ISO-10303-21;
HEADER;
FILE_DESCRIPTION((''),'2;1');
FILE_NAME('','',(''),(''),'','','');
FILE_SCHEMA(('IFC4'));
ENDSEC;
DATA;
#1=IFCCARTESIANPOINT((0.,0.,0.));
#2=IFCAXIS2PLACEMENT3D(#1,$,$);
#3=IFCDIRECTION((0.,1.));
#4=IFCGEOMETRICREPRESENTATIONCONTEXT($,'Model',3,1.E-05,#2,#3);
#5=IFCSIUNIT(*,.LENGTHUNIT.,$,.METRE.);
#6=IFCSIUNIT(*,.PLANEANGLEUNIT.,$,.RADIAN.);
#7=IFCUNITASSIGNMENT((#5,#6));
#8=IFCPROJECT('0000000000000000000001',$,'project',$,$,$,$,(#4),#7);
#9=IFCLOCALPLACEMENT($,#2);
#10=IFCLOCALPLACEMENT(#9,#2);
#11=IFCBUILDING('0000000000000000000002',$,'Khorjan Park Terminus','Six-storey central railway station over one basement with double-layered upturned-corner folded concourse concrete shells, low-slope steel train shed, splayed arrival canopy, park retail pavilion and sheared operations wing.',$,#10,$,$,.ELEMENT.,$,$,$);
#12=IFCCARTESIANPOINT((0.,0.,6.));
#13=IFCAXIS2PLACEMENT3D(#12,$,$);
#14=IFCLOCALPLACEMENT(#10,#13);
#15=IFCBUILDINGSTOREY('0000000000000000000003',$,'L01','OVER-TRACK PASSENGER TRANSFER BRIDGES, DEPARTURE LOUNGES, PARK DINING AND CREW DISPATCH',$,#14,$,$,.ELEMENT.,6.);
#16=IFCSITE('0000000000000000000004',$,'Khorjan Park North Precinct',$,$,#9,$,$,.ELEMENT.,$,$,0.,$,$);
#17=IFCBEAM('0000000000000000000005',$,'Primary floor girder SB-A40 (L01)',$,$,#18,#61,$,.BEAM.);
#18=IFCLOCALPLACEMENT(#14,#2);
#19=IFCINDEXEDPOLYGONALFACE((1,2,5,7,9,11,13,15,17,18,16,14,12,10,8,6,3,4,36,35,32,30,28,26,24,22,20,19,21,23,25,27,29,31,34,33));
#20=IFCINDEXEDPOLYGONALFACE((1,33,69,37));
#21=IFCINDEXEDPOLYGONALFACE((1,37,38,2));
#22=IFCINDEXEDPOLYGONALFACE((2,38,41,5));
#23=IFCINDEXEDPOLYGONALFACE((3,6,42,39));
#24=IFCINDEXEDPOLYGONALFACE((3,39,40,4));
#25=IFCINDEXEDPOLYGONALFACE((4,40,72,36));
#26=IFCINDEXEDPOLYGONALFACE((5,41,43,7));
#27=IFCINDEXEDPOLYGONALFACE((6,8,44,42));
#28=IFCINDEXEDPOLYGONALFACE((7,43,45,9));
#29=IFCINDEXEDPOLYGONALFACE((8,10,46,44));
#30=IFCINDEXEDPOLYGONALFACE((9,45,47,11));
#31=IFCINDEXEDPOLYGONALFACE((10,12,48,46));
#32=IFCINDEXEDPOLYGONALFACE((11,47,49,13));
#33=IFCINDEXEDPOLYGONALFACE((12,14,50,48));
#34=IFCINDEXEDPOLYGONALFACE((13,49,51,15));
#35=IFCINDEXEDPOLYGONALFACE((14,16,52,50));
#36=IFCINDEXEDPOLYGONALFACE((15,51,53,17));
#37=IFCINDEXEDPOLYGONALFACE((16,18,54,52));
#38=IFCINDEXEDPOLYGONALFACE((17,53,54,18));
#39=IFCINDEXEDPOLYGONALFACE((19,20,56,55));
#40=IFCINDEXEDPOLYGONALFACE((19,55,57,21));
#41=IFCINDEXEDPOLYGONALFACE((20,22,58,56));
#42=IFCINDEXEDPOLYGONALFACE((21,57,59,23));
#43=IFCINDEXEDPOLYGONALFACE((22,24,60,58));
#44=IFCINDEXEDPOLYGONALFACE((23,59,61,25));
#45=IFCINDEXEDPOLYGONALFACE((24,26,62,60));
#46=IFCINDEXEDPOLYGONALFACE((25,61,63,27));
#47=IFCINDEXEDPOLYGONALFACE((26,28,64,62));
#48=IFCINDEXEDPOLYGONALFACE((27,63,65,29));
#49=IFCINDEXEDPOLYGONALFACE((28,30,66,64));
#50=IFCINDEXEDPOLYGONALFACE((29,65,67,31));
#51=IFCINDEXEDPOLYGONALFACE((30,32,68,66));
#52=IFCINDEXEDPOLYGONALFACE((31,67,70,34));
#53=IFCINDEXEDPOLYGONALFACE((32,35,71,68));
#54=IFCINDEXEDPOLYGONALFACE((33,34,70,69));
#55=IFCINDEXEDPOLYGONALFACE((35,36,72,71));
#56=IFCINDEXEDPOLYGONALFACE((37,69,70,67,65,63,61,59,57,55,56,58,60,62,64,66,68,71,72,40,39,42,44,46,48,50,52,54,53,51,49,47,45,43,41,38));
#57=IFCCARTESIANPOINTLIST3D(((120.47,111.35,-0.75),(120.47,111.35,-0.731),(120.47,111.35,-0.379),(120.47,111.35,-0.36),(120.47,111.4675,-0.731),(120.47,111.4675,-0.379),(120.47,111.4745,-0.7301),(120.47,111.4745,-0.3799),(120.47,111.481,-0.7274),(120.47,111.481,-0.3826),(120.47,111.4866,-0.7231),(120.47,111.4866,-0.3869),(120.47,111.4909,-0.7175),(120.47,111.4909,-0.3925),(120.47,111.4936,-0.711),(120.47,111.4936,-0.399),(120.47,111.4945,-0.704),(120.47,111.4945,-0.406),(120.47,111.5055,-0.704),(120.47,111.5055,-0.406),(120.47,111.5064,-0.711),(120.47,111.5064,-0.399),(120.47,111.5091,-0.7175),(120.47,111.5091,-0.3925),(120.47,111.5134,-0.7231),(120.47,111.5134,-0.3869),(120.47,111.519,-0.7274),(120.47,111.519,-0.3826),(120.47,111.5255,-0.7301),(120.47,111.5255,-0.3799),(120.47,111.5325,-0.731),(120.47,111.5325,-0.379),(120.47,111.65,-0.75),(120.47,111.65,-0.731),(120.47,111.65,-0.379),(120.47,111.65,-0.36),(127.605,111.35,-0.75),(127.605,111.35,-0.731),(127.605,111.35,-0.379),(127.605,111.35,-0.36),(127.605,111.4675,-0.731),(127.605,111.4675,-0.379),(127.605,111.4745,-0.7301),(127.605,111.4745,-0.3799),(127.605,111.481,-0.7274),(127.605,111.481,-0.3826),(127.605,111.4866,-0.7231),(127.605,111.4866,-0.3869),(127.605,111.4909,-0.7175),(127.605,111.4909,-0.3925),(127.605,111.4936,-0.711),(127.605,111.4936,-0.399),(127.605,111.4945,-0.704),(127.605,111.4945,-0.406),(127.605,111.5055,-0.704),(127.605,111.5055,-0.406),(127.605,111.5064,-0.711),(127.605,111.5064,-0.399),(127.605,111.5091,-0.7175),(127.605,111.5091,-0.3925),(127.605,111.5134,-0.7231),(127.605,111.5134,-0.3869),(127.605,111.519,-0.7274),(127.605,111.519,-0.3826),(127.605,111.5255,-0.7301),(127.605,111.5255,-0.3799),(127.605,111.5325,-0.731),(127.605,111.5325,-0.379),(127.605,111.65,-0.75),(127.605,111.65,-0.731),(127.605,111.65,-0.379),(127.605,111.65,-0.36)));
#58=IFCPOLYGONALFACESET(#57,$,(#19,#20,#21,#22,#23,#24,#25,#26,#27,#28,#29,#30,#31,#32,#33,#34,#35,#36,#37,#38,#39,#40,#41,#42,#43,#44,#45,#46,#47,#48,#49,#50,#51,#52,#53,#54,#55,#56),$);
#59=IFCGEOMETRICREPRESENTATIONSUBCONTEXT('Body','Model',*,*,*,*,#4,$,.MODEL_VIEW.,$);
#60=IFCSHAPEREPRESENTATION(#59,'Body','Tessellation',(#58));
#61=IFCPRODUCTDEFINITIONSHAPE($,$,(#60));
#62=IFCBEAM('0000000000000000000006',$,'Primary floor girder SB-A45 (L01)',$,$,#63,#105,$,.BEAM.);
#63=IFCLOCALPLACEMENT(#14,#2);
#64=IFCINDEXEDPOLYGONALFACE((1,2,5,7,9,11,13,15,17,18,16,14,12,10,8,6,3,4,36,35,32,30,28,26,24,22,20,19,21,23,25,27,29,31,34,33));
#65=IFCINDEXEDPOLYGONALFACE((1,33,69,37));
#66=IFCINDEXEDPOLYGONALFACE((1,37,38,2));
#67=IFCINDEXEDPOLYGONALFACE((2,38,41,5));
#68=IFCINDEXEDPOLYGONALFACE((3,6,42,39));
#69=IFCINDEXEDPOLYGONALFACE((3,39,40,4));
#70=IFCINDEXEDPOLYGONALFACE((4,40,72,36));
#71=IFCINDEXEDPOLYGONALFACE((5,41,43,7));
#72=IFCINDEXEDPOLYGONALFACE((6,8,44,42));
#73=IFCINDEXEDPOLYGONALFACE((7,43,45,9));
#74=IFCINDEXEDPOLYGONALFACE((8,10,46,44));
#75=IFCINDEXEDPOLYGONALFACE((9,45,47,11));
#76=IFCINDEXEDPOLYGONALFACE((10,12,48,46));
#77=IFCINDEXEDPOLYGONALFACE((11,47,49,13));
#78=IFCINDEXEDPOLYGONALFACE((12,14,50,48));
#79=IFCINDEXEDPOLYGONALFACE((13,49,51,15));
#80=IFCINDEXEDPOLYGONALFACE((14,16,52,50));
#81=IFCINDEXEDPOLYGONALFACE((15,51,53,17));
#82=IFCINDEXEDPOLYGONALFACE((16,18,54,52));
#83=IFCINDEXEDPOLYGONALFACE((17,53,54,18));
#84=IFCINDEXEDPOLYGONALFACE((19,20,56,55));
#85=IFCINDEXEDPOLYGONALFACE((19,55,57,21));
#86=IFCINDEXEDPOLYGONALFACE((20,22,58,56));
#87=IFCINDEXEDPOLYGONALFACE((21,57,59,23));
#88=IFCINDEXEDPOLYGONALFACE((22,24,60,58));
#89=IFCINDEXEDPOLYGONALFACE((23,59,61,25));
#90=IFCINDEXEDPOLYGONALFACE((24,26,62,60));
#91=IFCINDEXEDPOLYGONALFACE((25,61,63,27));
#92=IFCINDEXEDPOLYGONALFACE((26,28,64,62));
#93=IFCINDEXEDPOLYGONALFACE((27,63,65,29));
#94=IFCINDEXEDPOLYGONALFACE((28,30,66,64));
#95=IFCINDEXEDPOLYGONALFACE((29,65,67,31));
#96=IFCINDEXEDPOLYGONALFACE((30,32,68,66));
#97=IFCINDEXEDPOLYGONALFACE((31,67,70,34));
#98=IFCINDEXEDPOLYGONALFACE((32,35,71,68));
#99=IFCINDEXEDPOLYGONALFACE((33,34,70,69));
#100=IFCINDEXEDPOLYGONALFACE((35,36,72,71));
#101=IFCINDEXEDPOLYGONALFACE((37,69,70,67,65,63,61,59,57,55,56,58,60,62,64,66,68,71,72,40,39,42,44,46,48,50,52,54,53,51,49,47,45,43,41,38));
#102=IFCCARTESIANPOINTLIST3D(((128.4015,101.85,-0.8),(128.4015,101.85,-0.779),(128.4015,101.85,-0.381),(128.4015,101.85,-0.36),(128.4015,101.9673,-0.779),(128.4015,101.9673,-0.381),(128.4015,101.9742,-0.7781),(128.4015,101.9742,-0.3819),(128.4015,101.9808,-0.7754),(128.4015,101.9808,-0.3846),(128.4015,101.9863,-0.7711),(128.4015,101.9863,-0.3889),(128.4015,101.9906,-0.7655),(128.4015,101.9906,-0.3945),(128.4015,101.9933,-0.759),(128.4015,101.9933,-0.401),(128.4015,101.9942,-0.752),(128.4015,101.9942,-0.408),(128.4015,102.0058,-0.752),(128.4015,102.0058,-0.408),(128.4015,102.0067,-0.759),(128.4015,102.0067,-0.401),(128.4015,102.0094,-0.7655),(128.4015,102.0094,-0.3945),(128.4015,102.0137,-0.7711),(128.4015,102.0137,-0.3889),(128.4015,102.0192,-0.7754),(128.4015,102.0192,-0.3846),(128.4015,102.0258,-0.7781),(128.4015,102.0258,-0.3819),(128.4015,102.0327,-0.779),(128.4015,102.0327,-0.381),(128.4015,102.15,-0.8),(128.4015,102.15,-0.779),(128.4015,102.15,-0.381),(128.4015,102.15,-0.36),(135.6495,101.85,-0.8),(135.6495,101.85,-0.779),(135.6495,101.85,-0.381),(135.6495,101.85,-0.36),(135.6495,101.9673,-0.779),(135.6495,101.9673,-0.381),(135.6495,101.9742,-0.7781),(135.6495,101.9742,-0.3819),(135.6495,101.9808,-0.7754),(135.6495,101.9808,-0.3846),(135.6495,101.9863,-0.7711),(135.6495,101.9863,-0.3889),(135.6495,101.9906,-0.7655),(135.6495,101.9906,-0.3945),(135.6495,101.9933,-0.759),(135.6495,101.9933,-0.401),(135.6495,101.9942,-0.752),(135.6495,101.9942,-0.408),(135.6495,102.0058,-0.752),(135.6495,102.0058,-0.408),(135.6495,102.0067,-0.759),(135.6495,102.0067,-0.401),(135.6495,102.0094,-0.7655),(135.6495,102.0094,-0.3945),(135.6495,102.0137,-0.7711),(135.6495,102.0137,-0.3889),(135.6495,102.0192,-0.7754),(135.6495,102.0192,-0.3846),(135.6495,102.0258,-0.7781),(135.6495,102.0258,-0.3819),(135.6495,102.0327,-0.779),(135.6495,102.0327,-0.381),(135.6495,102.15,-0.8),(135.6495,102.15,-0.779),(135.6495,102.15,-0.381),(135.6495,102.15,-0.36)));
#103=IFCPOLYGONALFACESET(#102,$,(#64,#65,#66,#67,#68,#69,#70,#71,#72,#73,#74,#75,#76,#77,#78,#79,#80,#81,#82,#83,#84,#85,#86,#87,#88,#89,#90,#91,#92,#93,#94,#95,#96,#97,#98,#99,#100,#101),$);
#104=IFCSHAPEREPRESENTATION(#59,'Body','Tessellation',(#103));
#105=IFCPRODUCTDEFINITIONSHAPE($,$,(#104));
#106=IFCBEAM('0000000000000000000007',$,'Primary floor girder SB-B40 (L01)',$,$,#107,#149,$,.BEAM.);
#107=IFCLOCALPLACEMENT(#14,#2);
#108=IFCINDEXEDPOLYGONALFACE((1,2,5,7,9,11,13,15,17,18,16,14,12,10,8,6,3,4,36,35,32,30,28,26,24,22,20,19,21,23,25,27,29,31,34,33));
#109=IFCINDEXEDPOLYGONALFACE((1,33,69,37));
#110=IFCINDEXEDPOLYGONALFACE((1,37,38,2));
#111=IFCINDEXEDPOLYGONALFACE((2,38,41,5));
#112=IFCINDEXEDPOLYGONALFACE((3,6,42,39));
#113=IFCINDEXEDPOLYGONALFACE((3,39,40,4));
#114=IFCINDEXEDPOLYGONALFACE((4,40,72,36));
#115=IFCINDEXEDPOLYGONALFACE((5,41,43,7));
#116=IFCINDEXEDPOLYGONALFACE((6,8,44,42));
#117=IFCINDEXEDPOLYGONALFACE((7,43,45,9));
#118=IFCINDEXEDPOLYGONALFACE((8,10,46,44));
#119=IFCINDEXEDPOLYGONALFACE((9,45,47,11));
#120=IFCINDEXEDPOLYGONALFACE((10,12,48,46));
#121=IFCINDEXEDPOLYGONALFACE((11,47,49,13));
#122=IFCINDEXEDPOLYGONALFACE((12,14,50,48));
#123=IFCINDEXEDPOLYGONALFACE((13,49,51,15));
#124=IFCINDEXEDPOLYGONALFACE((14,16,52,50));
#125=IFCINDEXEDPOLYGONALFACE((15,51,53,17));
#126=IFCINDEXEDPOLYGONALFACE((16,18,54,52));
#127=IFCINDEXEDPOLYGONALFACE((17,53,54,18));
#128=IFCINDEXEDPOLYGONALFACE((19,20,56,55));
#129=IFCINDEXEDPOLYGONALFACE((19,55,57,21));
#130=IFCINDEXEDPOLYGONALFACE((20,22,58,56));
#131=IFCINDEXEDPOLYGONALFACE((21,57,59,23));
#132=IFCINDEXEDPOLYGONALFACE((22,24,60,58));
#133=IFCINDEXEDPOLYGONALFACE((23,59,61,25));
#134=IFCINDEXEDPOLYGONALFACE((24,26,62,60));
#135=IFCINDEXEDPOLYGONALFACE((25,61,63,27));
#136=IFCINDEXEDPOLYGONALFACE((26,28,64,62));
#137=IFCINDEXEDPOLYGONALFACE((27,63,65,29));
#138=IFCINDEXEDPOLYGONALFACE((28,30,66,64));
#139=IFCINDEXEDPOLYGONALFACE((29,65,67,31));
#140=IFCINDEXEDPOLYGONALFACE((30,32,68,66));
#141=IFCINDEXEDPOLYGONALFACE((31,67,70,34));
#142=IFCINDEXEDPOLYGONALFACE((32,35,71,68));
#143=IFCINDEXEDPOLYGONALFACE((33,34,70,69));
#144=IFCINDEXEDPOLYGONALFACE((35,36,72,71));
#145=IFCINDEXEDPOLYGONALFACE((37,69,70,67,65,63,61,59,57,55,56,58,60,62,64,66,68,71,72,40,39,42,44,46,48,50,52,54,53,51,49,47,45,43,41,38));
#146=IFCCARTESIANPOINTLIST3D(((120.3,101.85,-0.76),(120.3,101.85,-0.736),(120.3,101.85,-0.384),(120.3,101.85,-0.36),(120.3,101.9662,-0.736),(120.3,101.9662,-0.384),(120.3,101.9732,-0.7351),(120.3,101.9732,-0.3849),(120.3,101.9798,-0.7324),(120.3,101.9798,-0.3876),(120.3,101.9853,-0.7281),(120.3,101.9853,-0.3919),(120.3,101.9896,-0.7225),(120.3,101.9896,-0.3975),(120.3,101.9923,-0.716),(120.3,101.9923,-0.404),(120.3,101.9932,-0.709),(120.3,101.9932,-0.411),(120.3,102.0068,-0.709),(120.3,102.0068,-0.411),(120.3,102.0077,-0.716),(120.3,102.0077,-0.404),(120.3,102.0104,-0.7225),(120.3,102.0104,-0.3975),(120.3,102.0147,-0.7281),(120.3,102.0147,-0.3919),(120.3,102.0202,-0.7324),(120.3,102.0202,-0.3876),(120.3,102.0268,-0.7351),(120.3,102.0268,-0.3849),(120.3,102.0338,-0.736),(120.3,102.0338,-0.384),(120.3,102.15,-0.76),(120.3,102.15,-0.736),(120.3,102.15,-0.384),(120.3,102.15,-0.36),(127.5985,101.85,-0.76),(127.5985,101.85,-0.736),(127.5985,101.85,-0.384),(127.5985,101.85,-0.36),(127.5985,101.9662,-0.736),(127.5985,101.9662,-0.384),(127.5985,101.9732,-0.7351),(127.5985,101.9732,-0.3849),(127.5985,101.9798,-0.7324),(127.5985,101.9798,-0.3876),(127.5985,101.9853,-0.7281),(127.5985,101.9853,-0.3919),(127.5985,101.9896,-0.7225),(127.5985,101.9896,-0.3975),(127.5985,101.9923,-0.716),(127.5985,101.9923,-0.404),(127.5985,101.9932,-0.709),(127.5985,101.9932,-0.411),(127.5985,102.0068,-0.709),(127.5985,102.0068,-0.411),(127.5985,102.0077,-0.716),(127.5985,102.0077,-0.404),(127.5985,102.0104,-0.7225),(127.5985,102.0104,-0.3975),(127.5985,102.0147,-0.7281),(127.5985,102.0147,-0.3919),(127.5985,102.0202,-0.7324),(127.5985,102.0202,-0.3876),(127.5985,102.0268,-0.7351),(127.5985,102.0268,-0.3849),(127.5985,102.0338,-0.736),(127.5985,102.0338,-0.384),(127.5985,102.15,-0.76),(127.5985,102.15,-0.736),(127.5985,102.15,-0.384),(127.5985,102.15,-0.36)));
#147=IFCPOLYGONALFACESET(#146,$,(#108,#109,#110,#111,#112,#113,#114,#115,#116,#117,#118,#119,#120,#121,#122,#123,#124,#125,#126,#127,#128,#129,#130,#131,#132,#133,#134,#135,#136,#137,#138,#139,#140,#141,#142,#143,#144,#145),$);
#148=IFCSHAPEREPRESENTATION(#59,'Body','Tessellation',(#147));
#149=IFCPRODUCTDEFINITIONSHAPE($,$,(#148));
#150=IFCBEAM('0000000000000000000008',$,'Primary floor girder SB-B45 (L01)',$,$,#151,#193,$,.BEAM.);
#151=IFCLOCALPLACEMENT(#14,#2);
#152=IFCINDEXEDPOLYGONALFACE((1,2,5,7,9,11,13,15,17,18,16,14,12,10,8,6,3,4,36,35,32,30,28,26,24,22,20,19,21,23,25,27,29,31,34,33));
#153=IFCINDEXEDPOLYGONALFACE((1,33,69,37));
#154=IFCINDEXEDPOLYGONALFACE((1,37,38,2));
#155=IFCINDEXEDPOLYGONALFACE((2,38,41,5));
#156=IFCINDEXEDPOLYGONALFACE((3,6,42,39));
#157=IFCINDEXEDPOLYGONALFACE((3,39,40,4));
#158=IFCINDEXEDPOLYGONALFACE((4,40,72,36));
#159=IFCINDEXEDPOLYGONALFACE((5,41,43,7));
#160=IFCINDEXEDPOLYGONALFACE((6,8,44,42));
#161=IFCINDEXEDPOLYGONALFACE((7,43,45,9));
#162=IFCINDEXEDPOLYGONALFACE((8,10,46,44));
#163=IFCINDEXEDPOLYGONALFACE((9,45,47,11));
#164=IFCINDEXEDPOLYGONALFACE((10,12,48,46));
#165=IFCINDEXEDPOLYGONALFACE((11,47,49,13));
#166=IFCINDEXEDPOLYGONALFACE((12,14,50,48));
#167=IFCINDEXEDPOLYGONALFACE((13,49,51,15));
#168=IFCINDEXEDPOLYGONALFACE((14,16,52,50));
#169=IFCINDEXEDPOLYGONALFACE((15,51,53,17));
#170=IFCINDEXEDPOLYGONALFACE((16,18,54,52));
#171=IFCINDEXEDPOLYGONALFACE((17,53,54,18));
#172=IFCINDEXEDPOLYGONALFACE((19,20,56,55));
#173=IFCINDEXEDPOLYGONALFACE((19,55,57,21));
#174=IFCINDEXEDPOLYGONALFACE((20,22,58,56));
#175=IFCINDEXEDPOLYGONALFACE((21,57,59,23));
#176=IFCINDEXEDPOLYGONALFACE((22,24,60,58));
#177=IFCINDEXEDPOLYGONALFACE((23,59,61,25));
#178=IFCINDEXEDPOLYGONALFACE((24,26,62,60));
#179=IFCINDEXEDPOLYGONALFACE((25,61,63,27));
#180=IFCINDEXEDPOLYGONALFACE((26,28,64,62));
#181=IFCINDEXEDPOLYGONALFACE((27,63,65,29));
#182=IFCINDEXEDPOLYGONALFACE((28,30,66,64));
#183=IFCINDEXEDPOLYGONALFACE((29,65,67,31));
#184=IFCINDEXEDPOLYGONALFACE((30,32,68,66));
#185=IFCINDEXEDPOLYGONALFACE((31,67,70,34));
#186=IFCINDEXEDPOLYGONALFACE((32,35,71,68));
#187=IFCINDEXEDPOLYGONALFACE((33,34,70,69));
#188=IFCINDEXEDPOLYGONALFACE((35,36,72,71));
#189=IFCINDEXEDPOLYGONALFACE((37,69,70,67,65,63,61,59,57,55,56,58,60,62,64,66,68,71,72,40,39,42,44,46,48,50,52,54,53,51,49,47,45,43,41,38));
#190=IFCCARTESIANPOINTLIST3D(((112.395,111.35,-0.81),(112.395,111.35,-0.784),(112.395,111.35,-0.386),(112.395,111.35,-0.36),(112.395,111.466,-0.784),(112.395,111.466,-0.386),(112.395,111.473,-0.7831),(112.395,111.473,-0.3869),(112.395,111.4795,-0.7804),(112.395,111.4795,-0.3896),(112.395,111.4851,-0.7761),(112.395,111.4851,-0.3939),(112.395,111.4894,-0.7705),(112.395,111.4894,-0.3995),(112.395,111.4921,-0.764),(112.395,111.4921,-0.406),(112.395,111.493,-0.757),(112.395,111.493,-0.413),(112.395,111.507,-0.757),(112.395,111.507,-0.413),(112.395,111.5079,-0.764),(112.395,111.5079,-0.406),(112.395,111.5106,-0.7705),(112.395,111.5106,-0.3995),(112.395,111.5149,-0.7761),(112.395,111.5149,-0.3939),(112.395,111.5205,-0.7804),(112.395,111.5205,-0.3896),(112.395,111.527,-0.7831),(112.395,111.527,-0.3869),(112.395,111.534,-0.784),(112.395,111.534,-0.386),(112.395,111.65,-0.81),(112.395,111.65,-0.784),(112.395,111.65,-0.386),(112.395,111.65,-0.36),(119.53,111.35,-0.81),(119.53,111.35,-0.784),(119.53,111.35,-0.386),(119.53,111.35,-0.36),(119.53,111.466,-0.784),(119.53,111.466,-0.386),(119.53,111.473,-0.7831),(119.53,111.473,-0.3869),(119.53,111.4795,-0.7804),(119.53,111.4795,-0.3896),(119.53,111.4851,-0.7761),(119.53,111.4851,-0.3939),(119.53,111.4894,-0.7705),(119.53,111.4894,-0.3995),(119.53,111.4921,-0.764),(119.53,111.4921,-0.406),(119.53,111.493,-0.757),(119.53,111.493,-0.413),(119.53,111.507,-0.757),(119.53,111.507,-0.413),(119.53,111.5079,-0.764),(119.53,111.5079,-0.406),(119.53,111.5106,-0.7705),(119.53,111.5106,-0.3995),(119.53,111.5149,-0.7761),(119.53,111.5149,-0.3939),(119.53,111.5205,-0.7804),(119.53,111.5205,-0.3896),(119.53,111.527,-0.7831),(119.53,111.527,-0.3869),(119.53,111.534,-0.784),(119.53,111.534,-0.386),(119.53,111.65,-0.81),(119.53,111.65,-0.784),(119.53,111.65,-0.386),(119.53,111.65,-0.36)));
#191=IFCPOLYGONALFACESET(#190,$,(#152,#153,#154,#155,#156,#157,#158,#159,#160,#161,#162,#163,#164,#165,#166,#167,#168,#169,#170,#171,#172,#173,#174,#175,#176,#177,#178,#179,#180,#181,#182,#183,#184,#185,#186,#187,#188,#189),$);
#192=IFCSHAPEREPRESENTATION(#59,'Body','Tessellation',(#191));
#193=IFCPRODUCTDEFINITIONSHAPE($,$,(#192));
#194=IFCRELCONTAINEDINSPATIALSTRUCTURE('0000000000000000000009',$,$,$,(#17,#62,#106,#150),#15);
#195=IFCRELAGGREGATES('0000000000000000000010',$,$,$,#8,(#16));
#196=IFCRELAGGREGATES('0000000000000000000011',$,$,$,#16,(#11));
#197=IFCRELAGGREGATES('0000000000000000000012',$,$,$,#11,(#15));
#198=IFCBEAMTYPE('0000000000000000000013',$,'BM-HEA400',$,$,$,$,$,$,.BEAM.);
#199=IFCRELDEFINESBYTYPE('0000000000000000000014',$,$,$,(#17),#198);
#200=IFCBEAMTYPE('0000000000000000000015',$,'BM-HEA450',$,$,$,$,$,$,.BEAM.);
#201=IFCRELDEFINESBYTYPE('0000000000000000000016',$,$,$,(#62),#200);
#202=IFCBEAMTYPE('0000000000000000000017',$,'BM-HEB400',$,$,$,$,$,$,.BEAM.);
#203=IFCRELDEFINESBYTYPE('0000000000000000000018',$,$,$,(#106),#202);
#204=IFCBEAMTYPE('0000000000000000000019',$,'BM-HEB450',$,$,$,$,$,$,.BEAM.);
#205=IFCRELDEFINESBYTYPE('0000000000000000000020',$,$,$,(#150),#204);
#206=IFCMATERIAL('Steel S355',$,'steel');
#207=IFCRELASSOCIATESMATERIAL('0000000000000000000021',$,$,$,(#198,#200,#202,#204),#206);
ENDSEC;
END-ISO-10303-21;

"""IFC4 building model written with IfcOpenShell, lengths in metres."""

from ifc_helpers import new_model, si_unit, direction, frame, origin, origin_2d, place, context, subcontext, project, spatial, i_section, extrude, material, material_profile, profile_set, type_object, element, save


model = new_model("IFC4")

# Units and contexts
model_context = context("Model", 3, precision=1e-05, world=origin(), true_north=direction((0.0, 1.0)))
body_context = subcontext(model_context, "Body", "Model", "MODEL_VIEW")
ifc_project = project(units=[si_unit("LENGTHUNIT", "METRE"), si_unit("PLANEANGLEUNIT", "RADIAN")], contexts=[model_context])

# Site, building, storey
site_placement = place(None, origin())
site = spatial("IfcSite", under=ifc_project, at=site_placement, Name="Khorjan Park North Precinct", CompositionType="ELEMENT", RefElevation=0.0)
building_placement = place(site_placement, origin())
building = spatial("IfcBuilding", under=site, at=building_placement, Name="Khorjan Park Terminus", Description="Six-storey central railway station over one basement with double-layered upturned-corner folded concourse concrete shells, low-slope steel train shed, splayed arrival canopy, park retail pavilion and sheared operations wing.", CompositionType="ELEMENT")
storey_placement = place(building_placement, frame((0.0, 0.0, 6.0)))
storey = spatial("IfcBuildingStorey", under=building, at=storey_placement, Name="L01", Description="OVER-TRACK PASSENGER TRANSFER BRIDGES, DEPARTURE LOUNGES, PARK DINING AND CREW DISPATCH", CompositionType="ELEMENT", Elevation=6.0)

# Shared definitions
ifc_material_1 = material(Name="Steel S355", Category="steel")

# Beams
ifc_material_profile_1 = material_profile(ifc_material_1, i_section(OverallWidth=0.3, OverallDepth=0.39, WebThickness=0.011, FlangeThickness=0.019, FilletRadius=0.027, at=origin_2d()), Name="HEA 400")
ifc_profile_set_1 = profile_set([ifc_material_profile_1], Name="Steel S355")
beam_type_1 = type_object("IfcBeamType", Name="BM-HEA400", PredefinedType="BEAM", material=ifc_profile_set_1)
beam_1_placement = place(storey_placement, frame((120.47, 111.5, -0.555), z_axis=(1.0, 0.0, 0.0), x_axis=(0.0, 1.0, 0.0)))
element("IfcBeam", 1, at=beam_1_placement, inside=storey, type_object=beam_type_1, Name="Primary floor girder SB-A40 (L01)", PredefinedType="BEAM", context=body_context, shape_type="SweptSolid", body=[
    extrude(i_section(OverallWidth=0.3, OverallDepth=0.39, WebThickness=0.011, FlangeThickness=0.019, FilletRadius=0.027, at=origin_2d()), origin(), (0.0, 0.0, 1.0), 7.135),
])
ifc_material_profile_2 = material_profile(ifc_material_1, i_section(OverallWidth=0.3, OverallDepth=0.44, WebThickness=0.0115, FlangeThickness=0.021, FilletRadius=0.027, at=origin_2d()), Name="HEA 450")
ifc_profile_set_2 = profile_set([ifc_material_profile_2], Name="Steel S355")
beam_type_2 = type_object("IfcBeamType", Name="BM-HEA450", PredefinedType="BEAM", material=ifc_profile_set_2)
beam_2_placement = place(storey_placement, frame((128.4015, 102.0, -0.58), z_axis=(1.0, 0.0, 0.0), x_axis=(0.0, 1.0, 0.0)))
element("IfcBeam", 2, at=beam_2_placement, inside=storey, type_object=beam_type_2, Name="Primary floor girder SB-A45 (L01)", PredefinedType="BEAM", context=body_context, shape_type="SweptSolid", body=[
    extrude(i_section(OverallWidth=0.3, OverallDepth=0.44, WebThickness=0.0115, FlangeThickness=0.021, FilletRadius=0.027, at=origin_2d()), origin(), (0.0, 0.0, 1.0), 7.248),
])
ifc_material_profile_3 = material_profile(ifc_material_1, i_section(OverallWidth=0.3, OverallDepth=0.4, WebThickness=0.0135, FlangeThickness=0.024, FilletRadius=0.027, at=origin_2d()), Name="HEB 400")
ifc_profile_set_3 = profile_set([ifc_material_profile_3], Name="Steel S355")
beam_type_3 = type_object("IfcBeamType", Name="BM-HEB400", PredefinedType="BEAM", material=ifc_profile_set_3)
beam_3_placement = place(storey_placement, frame((120.3, 102.0, -0.56), z_axis=(1.0, 0.0, 0.0), x_axis=(0.0, 1.0, 0.0)))
element("IfcBeam", 3, at=beam_3_placement, inside=storey, type_object=beam_type_3, Name="Primary floor girder SB-B40 (L01)", PredefinedType="BEAM", context=body_context, shape_type="SweptSolid", body=[
    extrude(i_section(OverallWidth=0.3, OverallDepth=0.4, WebThickness=0.0135, FlangeThickness=0.024, FilletRadius=0.027, at=origin_2d()), origin(), (0.0, 0.0, 1.0), 7.2985),
])
ifc_material_profile_4 = material_profile(ifc_material_1, i_section(OverallWidth=0.3, OverallDepth=0.45, WebThickness=0.014, FlangeThickness=0.026, FilletRadius=0.027, at=origin_2d()), Name="HEB 450")
ifc_profile_set_4 = profile_set([ifc_material_profile_4], Name="Steel S355")
beam_type_4 = type_object("IfcBeamType", Name="BM-HEB450", PredefinedType="BEAM", material=ifc_profile_set_4)
beam_4_placement = place(storey_placement, frame((112.395, 111.5, -0.585), z_axis=(1.0, 0.0, 0.0), x_axis=(0.0, 1.0, 0.0)))
element("IfcBeam", 4, at=beam_4_placement, inside=storey, type_object=beam_type_4, Name="Primary floor girder SB-B45 (L01)", PredefinedType="BEAM", context=body_context, shape_type="SweptSolid", body=[
    extrude(i_section(OverallWidth=0.3, OverallDepth=0.45, WebThickness=0.014, FlangeThickness=0.026, FilletRadius=0.027, at=origin_2d()), origin(), (0.0, 0.0, 1.0), 7.135),
])

save(model, "model.ifc")
